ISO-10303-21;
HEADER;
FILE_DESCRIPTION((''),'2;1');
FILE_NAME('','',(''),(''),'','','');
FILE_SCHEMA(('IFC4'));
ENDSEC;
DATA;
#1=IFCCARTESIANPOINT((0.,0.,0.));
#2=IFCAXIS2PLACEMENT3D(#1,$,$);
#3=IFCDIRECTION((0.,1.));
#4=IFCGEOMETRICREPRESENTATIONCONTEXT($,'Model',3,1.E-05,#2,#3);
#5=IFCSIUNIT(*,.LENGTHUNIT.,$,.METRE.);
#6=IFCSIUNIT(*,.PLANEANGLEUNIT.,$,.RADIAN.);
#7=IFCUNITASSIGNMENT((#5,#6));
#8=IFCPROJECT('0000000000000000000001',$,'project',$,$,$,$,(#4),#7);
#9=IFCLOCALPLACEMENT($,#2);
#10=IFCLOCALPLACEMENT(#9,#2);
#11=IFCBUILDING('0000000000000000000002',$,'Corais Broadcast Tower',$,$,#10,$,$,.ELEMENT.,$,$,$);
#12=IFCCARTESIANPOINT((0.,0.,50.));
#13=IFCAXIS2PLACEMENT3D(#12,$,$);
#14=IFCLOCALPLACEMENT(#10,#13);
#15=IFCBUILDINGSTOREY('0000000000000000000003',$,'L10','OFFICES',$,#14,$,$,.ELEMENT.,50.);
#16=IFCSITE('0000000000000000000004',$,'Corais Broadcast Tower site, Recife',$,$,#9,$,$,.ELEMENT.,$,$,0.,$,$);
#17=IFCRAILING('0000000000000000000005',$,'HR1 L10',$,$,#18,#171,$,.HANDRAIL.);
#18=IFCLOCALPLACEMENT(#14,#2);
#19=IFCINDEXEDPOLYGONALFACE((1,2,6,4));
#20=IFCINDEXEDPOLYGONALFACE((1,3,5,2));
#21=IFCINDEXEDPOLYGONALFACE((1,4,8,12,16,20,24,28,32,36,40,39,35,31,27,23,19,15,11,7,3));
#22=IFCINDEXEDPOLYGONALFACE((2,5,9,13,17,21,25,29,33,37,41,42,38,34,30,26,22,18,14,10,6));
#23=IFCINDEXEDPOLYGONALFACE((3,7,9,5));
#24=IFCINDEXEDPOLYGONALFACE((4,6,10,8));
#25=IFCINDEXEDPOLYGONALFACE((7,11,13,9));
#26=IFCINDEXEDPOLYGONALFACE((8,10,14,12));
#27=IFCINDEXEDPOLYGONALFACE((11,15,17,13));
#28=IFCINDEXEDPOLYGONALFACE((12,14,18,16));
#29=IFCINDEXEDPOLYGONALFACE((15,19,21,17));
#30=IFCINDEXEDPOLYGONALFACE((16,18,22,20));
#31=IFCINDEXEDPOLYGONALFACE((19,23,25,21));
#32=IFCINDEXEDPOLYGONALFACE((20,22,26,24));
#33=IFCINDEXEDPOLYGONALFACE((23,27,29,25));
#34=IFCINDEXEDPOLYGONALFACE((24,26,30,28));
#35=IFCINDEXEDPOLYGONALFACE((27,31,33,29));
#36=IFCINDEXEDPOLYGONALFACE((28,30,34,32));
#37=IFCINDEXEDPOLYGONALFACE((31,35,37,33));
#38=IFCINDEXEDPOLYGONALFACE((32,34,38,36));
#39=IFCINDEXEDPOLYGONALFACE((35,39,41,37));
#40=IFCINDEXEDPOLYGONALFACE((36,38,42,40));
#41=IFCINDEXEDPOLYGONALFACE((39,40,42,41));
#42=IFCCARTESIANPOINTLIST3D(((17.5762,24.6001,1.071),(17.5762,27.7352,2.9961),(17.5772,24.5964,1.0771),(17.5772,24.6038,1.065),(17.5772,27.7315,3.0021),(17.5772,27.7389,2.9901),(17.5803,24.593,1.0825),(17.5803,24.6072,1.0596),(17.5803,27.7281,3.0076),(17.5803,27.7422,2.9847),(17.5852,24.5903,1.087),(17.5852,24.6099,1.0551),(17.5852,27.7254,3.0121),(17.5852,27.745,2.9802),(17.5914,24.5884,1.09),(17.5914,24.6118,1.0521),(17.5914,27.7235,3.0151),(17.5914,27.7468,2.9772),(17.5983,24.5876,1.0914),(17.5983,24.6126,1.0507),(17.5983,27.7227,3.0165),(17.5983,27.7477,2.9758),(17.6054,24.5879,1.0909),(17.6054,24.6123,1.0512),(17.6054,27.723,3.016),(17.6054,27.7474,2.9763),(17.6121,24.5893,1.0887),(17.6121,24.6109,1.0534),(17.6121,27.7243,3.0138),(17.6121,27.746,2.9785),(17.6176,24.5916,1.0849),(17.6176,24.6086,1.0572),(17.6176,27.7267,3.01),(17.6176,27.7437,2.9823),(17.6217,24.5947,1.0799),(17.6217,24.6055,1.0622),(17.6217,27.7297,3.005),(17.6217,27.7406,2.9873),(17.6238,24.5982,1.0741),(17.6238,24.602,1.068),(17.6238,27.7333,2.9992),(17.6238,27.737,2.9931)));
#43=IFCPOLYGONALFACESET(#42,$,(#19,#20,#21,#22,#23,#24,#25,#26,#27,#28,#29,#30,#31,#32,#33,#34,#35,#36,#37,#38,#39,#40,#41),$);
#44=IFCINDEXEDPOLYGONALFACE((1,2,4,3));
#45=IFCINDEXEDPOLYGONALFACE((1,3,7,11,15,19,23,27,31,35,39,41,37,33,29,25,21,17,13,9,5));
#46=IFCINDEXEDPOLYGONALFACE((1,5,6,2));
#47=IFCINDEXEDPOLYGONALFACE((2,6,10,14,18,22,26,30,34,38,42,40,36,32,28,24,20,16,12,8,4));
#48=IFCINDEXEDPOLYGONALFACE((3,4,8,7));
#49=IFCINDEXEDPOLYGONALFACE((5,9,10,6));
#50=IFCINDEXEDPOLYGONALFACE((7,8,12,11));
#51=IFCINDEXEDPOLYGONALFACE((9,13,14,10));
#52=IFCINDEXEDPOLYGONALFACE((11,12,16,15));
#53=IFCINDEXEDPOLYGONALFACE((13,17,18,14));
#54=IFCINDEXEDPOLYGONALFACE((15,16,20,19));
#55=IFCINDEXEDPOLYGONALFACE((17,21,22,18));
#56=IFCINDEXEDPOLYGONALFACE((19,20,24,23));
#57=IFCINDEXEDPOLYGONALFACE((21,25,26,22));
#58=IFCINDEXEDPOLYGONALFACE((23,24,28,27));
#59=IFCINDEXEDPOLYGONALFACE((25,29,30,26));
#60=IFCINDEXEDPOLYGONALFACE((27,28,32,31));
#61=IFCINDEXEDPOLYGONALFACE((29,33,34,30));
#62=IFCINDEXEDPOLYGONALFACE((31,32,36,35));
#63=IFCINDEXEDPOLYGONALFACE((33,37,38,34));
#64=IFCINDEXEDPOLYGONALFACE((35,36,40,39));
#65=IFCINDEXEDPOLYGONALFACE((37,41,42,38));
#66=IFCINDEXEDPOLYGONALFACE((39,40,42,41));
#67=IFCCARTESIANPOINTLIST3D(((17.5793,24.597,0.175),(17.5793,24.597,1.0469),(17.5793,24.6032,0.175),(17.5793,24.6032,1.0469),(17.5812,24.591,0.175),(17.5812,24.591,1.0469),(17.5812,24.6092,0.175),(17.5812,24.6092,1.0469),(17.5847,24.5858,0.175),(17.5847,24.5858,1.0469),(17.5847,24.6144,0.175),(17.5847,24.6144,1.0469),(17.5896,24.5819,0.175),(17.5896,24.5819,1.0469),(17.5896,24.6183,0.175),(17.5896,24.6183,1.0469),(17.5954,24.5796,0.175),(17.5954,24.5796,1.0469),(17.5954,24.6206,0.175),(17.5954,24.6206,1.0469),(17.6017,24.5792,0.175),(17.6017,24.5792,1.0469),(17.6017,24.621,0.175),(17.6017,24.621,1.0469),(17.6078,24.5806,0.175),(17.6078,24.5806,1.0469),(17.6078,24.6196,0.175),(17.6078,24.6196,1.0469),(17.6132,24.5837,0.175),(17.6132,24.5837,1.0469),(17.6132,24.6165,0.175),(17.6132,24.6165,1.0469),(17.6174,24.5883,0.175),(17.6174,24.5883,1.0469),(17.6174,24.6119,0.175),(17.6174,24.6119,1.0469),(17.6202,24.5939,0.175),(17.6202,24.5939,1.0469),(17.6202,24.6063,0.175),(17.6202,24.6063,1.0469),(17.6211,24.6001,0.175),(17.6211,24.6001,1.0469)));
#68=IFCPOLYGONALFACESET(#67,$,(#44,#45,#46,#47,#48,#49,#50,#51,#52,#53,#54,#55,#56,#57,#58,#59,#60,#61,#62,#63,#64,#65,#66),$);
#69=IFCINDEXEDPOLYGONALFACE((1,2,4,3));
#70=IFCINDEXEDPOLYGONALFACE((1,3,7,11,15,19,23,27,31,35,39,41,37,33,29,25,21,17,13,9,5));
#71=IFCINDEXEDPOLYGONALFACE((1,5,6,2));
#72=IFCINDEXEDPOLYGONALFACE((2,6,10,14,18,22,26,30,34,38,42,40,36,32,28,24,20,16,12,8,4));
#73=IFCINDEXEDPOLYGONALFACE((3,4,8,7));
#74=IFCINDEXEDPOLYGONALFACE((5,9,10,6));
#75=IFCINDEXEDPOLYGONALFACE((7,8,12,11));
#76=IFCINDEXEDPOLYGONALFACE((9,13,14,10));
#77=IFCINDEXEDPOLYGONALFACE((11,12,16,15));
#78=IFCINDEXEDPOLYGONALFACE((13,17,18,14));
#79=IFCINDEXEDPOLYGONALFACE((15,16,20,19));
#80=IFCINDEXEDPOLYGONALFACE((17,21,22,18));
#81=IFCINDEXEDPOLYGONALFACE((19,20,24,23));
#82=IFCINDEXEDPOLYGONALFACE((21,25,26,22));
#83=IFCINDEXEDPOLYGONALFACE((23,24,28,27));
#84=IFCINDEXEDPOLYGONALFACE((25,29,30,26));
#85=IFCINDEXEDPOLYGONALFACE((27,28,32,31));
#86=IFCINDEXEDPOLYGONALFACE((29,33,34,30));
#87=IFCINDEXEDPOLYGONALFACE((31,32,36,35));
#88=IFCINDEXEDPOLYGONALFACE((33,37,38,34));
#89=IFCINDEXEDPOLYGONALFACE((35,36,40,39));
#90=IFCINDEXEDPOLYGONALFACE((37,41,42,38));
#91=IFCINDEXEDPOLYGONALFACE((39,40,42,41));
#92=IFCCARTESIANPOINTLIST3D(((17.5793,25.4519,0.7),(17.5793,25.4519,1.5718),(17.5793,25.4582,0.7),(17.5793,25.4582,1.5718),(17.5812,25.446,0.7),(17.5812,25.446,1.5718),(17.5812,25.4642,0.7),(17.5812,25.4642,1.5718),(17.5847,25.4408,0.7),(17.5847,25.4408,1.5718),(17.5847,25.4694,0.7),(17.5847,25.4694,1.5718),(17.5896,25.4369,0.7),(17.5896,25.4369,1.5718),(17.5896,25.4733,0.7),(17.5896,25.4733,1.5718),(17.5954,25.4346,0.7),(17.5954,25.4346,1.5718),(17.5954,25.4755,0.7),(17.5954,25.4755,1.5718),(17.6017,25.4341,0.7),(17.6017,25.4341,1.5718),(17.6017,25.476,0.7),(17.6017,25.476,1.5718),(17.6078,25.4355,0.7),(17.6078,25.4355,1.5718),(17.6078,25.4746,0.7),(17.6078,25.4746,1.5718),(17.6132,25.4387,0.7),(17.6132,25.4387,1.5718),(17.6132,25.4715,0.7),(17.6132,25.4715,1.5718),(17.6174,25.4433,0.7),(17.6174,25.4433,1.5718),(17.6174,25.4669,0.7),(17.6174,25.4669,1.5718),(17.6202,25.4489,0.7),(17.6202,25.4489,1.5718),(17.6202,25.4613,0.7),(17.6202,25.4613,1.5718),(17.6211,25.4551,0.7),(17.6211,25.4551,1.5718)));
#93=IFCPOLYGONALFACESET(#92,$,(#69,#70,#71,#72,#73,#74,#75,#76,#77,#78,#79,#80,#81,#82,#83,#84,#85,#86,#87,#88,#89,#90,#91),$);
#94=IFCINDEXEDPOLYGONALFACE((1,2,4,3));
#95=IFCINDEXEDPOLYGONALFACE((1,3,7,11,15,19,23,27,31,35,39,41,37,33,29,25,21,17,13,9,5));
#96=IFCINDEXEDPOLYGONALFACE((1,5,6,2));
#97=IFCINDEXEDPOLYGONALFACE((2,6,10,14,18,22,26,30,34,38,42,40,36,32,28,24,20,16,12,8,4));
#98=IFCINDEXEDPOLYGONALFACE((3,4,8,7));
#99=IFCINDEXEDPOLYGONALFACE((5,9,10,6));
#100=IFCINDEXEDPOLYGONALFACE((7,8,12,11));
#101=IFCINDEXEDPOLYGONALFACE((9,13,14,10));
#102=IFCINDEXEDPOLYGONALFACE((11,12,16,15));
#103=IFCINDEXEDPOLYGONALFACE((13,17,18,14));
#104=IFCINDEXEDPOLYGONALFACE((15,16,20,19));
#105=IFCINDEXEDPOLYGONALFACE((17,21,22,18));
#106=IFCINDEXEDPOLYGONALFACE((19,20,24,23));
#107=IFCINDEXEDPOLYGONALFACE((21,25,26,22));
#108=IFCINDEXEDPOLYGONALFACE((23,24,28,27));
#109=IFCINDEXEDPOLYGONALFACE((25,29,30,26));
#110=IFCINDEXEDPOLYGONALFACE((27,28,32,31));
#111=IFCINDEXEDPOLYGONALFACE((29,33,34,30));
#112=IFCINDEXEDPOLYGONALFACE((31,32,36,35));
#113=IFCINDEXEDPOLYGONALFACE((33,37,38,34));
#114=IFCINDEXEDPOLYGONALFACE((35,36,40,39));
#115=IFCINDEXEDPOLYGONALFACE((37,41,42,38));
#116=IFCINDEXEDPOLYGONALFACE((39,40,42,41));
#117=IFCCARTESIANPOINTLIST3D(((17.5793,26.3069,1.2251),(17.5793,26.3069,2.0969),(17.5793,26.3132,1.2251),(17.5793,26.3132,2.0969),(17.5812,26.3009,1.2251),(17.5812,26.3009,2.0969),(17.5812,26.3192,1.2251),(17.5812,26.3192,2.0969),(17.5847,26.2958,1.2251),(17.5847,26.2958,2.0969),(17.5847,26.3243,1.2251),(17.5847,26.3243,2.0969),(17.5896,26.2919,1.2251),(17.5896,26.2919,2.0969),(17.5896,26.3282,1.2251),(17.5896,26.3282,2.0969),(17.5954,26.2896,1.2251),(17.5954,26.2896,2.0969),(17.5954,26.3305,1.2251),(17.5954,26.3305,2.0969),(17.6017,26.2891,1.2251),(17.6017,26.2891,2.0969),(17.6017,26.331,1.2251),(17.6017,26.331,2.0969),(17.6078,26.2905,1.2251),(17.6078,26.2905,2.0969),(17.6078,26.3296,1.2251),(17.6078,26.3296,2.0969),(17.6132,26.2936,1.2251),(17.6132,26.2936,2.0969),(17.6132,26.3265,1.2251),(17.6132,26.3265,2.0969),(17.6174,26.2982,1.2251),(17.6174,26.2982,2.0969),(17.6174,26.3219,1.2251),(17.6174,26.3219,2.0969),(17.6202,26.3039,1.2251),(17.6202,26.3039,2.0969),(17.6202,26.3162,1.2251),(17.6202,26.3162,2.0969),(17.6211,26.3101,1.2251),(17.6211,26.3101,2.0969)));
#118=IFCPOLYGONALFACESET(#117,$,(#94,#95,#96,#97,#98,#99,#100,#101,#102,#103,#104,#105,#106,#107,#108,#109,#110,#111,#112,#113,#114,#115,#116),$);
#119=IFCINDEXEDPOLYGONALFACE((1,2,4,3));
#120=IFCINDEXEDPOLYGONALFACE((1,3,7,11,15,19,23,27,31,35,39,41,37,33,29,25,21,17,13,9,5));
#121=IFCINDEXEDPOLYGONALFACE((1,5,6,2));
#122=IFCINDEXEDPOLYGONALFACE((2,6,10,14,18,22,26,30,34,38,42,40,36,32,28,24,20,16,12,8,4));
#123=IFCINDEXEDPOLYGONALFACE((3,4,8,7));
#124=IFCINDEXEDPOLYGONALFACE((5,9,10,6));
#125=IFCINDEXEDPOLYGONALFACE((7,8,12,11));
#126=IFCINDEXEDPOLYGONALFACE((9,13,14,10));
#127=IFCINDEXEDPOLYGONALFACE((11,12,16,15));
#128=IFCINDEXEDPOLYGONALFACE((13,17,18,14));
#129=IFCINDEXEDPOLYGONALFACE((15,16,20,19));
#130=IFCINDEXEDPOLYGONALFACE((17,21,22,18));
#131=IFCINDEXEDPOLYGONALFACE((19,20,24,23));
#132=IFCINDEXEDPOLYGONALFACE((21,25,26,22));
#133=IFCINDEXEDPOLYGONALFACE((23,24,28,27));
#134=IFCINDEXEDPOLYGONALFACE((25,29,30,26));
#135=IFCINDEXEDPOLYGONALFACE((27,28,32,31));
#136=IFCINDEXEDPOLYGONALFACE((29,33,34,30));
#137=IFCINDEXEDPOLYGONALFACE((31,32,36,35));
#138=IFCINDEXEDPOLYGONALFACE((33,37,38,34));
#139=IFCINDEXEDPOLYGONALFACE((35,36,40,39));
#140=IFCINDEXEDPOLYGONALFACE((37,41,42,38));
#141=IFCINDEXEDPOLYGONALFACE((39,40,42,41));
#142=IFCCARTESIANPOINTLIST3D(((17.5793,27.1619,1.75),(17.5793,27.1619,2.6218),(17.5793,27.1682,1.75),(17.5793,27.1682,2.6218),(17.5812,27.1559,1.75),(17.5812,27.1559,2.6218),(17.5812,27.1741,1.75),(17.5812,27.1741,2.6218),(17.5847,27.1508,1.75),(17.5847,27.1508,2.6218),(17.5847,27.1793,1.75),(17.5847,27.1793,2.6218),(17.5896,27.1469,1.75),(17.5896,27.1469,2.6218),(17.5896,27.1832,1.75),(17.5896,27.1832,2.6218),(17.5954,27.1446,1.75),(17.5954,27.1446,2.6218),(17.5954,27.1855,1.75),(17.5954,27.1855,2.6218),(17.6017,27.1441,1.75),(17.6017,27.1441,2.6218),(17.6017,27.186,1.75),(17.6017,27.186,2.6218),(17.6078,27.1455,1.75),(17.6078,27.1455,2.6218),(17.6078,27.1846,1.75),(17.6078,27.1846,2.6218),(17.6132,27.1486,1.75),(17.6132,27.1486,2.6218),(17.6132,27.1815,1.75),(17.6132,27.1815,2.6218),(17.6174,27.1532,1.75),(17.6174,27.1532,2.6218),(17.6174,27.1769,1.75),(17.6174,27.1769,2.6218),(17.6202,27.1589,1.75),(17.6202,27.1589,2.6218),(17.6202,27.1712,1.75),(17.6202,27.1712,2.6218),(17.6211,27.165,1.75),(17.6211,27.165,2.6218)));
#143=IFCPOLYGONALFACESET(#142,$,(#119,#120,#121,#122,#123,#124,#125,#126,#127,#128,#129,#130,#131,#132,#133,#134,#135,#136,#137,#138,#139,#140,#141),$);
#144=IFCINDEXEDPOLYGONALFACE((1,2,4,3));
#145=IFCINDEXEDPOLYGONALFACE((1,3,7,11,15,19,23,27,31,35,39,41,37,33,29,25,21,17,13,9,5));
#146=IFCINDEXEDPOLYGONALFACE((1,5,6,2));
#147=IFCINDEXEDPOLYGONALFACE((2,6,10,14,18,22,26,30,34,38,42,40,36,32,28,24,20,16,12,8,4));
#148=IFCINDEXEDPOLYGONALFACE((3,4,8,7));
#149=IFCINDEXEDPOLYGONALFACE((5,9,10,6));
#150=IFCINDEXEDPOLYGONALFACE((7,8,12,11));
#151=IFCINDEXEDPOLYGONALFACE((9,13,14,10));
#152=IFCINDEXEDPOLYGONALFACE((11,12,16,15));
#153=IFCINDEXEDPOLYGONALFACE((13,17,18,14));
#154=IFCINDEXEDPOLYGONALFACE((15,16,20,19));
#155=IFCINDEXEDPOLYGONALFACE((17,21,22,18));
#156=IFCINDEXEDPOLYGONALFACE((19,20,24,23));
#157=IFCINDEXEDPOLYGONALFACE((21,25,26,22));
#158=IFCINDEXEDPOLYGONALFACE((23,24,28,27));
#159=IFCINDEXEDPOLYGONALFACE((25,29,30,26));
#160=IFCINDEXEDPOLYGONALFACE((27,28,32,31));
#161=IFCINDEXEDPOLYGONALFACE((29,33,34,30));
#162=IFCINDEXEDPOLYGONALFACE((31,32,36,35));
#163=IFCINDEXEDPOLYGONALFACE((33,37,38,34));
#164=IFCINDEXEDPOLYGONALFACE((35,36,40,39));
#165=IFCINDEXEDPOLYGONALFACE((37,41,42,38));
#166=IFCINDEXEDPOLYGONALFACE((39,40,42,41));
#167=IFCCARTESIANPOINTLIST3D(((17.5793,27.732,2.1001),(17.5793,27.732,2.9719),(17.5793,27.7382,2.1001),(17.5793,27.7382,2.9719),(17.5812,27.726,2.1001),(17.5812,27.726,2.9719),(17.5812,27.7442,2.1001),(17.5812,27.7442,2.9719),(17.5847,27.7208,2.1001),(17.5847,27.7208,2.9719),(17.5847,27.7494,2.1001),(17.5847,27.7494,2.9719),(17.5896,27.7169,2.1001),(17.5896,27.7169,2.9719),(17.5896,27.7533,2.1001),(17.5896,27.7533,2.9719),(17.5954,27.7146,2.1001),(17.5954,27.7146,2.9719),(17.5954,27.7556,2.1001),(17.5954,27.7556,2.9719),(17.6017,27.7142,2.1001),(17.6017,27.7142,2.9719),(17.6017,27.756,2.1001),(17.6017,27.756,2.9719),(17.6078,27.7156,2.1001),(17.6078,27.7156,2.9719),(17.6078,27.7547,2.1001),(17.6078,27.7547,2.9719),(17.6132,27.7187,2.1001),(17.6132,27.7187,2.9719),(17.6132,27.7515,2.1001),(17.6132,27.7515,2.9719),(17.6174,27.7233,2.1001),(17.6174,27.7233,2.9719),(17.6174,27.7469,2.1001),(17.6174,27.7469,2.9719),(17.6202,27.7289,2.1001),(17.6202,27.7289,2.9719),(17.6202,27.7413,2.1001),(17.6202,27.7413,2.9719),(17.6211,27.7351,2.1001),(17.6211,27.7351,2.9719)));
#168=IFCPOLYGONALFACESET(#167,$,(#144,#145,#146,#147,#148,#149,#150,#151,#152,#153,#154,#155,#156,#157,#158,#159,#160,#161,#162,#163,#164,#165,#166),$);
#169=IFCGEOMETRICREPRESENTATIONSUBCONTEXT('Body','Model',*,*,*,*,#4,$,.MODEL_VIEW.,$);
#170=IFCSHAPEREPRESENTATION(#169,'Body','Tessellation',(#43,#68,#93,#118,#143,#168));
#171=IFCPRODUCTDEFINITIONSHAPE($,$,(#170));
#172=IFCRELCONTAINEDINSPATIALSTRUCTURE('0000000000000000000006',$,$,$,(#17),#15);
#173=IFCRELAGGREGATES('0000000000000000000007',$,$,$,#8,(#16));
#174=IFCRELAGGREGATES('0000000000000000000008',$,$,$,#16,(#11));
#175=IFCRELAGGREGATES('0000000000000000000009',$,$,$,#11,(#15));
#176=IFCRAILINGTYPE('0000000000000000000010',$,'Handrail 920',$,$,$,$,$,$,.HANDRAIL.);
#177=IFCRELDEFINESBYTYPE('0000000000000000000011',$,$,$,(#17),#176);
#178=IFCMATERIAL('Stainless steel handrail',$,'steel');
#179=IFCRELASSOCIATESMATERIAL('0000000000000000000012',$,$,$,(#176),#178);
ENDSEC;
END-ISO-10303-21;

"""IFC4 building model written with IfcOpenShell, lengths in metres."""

from ifc_helpers import new_model, si_unit, direction, frame, origin, origin_2d, place, context, subcontext, project, spatial, circle, extrude, material, type_object, element, save


model = new_model("IFC4")

# Units and contexts
model_context = context("Model", 3, precision=1e-05, world=origin(), true_north=direction((0.0, 1.0)))
body_context = subcontext(model_context, "Body", "Model", "MODEL_VIEW")
ifc_project = project(units=[si_unit("LENGTHUNIT", "METRE"), si_unit("PLANEANGLEUNIT", "RADIAN")], contexts=[model_context])

# Site, building, storey
site_placement = place(None, origin())
site = spatial("IfcSite", under=ifc_project, at=site_placement, Name="Corais Broadcast Tower site, Recife", CompositionType="ELEMENT", RefElevation=0.0)
building_placement = place(site_placement, origin())
building = spatial("IfcBuilding", under=site, at=building_placement, Name="Corais Broadcast Tower", CompositionType="ELEMENT")
storey_placement = place(building_placement, frame((0.0, 0.0, 50.0)))
storey = spatial("IfcBuildingStorey", under=building, at=storey_placement, Name="L10", Description="OFFICES", CompositionType="ELEMENT", Elevation=50.0)

# Railing
ifc_material_1 = material(Name="Stainless steel handrail", Category="steel")
railing_type = type_object("IfcRailingType", Name="Handrail 920", PredefinedType="HANDRAIL", material=ifc_material_1)
railing_placement = place(storey_placement, frame((17.6001, 24.6001, 0.175)))
element("IfcRailing", 1, at=railing_placement, inside=storey, type_object=railing_type, Name="HR1 L10", PredefinedType="HANDRAIL", context=body_context, shape_type="SweptSolid", body=[
    extrude(circle(Radius=0.0239, at=origin_2d()), frame((0.0, 0.0, 0.896), z_axis=(0.0, 0.852166, 0.523271), x_axis=(-1.0, 0.0, 0.0)), (0.0, 0.0, 1.0), 3.679),
    extrude(circle(Radius=0.021, at=origin_2d()), origin(), (0.0, 0.0, 1.0), 0.8718),
    extrude(circle(Radius=0.021, at=origin_2d()), frame((0.0, 0.855, 0.5249)), (0.0, 0.0, 1.0), 0.8718),
    extrude(circle(Radius=0.021, at=origin_2d()), frame((0.0, 1.71, 1.05)), (0.0, 0.0, 1.0), 0.8718),
    extrude(circle(Radius=0.021, at=origin_2d()), frame((0.0, 2.5649, 1.575)), (0.0, 0.0, 1.0), 0.8718),
    extrude(circle(Radius=0.021, at=origin_2d()), frame((0.0, 3.135, 1.925)), (0.0, 0.0, 1.0), 0.8718),
])

save(model, "model.ifc")
